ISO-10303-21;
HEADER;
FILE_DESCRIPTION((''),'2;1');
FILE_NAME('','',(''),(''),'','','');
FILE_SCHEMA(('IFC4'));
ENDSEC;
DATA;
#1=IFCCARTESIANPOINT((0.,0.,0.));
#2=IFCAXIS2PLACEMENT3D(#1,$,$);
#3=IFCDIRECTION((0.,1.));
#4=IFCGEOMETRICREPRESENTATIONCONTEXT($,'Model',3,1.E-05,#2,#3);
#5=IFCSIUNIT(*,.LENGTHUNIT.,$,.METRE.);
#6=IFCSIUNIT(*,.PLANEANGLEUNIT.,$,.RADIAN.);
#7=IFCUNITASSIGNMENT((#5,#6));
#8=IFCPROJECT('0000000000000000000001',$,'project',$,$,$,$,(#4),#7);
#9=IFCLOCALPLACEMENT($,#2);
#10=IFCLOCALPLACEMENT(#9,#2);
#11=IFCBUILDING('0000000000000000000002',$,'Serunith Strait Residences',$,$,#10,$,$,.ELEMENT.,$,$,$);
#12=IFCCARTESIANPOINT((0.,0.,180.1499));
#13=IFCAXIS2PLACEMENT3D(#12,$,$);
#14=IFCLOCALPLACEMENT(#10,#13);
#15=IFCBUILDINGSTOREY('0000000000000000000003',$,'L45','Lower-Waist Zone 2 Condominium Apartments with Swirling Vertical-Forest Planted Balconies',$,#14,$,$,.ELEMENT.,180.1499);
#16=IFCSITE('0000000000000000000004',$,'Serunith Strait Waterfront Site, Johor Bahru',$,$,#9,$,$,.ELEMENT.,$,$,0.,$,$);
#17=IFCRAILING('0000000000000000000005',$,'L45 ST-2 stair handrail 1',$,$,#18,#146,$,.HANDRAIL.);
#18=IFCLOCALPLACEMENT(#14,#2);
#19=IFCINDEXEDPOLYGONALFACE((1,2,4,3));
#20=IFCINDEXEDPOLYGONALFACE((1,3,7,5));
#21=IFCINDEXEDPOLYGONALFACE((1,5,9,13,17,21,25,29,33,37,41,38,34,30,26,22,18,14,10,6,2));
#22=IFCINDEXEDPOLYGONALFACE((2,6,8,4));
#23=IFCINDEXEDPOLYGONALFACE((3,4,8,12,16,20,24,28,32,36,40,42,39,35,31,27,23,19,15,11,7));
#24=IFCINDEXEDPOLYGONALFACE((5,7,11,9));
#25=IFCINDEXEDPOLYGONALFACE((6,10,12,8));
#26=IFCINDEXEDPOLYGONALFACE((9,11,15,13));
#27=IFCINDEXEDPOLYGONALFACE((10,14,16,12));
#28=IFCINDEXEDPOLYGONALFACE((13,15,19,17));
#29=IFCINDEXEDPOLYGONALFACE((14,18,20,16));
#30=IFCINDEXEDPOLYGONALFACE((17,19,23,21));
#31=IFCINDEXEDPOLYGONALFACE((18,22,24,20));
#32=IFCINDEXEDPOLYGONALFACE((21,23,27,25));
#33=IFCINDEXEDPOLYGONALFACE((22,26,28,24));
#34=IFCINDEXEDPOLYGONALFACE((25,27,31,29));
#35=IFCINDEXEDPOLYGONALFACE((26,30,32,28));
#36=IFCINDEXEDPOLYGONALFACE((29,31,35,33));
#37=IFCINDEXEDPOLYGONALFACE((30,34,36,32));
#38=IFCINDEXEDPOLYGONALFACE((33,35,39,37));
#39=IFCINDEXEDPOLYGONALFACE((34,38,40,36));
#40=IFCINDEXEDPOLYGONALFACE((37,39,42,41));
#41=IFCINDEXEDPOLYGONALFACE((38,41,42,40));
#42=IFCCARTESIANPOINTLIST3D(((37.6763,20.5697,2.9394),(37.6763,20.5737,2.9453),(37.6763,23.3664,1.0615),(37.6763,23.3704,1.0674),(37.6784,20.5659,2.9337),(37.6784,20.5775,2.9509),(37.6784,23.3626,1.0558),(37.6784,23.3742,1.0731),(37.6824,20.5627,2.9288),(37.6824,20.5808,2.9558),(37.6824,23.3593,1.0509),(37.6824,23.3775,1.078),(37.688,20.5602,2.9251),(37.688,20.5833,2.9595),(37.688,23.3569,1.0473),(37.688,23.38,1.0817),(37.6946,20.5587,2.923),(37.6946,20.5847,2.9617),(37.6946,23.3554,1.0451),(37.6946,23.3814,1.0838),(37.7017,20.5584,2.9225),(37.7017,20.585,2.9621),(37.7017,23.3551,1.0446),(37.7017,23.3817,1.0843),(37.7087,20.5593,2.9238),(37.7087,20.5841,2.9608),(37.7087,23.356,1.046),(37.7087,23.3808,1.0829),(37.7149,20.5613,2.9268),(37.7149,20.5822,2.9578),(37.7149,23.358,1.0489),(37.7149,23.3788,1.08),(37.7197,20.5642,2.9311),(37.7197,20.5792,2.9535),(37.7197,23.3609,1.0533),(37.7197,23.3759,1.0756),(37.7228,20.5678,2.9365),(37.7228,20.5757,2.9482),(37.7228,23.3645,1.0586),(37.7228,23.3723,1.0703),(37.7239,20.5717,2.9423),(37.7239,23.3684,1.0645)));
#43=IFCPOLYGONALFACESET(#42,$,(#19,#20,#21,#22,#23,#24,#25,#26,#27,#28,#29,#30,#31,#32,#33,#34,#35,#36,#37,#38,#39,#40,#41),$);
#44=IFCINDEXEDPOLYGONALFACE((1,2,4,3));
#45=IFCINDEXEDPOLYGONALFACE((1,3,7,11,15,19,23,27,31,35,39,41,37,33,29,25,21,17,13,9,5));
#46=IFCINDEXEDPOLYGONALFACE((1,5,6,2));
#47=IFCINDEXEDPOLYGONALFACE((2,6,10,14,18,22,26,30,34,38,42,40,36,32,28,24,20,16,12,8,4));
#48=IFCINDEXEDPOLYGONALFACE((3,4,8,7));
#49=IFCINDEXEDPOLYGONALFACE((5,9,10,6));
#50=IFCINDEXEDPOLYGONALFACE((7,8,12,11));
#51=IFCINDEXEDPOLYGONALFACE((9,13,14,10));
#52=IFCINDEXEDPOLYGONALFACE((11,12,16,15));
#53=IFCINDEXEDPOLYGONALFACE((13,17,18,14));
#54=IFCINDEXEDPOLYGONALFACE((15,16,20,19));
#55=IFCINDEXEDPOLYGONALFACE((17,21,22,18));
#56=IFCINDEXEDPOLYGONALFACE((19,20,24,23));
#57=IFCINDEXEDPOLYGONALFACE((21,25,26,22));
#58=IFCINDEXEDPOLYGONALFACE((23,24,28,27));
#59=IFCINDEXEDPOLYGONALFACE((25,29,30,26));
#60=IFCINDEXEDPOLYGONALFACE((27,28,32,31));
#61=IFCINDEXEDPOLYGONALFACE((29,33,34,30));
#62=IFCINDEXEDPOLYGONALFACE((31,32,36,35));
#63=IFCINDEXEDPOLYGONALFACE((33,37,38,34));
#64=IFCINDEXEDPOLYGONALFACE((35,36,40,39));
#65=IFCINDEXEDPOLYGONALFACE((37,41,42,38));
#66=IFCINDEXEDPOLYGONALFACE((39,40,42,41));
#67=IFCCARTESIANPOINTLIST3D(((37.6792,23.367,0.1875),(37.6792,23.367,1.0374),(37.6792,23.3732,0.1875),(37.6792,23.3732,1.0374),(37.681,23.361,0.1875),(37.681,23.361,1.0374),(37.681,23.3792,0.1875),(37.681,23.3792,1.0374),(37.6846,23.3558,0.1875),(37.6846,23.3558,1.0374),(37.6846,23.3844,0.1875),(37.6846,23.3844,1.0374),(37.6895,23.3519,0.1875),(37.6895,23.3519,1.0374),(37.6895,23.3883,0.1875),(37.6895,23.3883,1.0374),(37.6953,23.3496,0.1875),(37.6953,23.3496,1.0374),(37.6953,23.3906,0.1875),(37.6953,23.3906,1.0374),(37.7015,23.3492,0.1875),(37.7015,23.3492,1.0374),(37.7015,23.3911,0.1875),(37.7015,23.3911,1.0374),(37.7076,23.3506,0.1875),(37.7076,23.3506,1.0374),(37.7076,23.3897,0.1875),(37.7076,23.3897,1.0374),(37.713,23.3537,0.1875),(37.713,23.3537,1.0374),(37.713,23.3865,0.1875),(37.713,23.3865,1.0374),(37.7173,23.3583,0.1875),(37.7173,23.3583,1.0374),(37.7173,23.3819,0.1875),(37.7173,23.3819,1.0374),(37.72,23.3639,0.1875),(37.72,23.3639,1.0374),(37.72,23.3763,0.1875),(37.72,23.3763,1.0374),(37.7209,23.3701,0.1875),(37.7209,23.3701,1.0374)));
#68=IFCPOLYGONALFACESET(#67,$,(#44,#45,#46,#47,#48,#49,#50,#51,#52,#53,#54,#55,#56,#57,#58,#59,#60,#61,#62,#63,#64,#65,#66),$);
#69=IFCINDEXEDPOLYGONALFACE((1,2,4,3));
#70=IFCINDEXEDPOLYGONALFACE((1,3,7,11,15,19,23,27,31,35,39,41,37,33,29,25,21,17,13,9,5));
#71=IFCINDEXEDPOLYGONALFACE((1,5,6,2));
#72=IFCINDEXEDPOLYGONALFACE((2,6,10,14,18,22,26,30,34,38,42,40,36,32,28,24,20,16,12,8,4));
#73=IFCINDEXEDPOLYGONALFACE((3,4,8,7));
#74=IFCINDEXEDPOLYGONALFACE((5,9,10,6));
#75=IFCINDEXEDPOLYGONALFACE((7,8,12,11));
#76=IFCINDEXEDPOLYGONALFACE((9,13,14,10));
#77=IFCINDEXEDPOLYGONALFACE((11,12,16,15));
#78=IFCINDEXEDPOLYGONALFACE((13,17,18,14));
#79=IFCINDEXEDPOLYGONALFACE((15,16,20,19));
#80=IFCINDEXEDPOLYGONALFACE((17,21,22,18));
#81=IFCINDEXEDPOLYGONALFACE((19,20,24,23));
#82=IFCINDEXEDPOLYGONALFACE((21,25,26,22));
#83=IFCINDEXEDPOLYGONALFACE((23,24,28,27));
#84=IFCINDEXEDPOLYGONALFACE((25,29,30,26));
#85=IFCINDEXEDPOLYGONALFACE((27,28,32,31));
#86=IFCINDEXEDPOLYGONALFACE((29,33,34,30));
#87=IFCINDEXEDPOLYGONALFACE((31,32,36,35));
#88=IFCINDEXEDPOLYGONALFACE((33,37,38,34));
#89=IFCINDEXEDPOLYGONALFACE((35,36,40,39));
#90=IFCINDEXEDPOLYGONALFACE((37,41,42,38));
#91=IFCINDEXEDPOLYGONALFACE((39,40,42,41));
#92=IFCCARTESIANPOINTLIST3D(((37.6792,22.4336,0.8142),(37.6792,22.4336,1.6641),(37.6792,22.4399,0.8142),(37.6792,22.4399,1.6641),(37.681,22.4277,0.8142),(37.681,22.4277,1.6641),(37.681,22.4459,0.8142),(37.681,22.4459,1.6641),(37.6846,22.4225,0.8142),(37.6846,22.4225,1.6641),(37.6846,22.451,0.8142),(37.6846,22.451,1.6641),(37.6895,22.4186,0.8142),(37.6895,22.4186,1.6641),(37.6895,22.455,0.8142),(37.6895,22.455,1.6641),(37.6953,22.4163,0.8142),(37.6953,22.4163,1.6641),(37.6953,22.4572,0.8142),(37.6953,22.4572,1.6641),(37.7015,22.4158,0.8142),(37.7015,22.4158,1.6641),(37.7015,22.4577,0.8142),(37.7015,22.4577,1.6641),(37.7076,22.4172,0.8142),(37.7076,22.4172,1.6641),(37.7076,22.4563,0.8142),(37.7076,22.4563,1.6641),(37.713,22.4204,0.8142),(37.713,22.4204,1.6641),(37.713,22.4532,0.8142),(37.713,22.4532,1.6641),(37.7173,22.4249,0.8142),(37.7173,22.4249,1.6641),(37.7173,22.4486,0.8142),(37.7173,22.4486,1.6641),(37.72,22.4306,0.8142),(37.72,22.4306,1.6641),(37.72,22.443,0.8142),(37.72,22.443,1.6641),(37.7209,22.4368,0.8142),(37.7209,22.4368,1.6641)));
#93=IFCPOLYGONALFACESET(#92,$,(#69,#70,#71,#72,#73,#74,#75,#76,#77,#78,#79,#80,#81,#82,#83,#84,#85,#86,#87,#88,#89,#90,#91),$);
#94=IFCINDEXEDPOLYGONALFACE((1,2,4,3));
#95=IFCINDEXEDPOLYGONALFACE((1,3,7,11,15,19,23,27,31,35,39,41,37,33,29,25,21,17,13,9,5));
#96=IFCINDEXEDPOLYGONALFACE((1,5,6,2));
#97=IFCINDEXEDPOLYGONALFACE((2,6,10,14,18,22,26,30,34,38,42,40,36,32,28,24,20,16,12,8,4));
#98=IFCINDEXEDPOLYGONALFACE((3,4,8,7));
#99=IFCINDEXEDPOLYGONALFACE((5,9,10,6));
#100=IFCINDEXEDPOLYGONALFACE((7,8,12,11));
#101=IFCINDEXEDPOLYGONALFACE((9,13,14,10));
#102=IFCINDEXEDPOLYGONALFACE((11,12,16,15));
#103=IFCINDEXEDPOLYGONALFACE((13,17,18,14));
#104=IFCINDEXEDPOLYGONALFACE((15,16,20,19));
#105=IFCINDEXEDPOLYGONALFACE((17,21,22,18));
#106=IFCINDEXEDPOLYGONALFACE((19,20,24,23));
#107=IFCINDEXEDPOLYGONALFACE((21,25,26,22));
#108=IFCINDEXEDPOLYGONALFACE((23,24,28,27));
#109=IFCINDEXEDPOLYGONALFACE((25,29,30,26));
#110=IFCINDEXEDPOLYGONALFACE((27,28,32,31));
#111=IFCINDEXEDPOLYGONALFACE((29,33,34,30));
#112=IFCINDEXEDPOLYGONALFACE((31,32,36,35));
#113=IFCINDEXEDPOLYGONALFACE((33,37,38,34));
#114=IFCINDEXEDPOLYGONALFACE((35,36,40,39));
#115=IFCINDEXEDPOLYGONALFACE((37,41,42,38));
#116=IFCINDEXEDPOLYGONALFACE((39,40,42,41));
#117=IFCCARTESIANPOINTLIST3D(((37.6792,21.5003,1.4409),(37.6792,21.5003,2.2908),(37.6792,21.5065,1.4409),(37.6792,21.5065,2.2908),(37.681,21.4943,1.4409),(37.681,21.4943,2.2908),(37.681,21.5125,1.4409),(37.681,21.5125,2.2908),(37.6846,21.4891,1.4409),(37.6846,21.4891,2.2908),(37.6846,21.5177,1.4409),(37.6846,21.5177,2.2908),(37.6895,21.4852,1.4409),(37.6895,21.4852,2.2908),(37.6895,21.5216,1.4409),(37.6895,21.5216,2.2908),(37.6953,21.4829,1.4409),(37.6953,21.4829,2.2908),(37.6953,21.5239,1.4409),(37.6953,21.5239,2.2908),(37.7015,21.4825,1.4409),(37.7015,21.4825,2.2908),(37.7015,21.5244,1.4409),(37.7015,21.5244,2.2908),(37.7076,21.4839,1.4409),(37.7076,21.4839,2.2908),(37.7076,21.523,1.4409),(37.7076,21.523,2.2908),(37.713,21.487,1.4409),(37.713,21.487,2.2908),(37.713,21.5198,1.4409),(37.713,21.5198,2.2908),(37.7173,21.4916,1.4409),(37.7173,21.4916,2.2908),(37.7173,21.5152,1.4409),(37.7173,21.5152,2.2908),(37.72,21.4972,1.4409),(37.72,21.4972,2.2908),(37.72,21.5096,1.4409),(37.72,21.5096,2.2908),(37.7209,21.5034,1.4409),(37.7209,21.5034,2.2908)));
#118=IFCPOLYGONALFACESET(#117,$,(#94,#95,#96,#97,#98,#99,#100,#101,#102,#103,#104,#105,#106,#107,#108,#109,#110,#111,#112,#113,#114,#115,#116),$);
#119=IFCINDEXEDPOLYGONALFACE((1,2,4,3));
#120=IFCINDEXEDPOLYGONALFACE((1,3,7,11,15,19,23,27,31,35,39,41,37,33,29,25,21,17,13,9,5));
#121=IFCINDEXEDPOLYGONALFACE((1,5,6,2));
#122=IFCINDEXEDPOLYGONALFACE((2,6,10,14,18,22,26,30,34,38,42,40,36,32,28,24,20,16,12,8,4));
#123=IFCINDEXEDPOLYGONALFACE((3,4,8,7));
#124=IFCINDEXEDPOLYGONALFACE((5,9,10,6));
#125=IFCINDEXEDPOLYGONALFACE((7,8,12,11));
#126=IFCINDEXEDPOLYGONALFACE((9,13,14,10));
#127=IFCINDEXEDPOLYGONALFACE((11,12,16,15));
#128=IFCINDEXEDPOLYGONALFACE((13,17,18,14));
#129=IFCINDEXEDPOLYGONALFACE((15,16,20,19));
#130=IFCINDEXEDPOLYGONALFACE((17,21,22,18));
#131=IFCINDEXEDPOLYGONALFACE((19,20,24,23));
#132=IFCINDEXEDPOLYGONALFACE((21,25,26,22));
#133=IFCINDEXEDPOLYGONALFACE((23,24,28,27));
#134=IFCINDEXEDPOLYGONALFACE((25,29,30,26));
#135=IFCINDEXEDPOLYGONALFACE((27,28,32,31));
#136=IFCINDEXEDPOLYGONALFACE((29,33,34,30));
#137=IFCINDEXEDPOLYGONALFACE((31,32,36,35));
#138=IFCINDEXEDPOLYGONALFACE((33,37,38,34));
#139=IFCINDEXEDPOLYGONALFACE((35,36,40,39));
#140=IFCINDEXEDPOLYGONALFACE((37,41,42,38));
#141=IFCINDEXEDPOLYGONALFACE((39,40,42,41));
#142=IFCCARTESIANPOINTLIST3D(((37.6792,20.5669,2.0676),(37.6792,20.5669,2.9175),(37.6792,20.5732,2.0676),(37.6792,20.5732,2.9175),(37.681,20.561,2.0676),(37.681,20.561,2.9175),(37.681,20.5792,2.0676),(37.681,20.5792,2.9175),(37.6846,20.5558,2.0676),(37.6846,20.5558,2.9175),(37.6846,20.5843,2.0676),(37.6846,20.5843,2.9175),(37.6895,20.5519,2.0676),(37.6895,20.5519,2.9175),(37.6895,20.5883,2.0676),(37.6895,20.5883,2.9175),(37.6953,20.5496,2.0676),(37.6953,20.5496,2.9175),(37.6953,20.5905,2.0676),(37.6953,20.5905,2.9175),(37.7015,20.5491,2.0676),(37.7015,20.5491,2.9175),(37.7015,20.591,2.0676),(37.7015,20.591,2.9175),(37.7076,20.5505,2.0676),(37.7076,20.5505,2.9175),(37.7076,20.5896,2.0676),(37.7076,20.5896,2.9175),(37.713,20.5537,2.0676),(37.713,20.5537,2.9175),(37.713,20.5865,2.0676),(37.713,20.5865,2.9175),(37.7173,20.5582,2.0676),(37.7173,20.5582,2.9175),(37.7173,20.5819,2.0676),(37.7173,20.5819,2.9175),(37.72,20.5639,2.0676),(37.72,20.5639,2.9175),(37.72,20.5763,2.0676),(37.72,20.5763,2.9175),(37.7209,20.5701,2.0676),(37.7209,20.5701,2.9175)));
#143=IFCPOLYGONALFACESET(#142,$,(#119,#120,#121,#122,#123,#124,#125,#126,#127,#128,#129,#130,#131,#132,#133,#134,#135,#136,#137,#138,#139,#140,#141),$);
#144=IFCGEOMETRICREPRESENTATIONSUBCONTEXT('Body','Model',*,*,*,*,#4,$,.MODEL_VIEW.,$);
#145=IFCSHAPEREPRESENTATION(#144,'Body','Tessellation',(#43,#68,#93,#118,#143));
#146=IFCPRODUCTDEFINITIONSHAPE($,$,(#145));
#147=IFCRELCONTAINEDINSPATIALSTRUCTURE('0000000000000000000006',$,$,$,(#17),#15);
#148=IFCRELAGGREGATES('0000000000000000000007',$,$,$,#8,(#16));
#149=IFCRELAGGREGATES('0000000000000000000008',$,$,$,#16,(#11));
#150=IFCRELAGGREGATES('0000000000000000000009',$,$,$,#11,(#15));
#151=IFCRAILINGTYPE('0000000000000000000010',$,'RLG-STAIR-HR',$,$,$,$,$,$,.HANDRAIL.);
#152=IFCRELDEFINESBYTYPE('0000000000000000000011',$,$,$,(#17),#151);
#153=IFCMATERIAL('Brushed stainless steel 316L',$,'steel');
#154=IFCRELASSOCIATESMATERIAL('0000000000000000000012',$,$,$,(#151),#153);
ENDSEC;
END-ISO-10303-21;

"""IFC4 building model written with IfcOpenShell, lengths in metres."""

from ifc_helpers import new_model, si_unit, direction, frame, origin, origin_2d, place, context, subcontext, project, spatial, circle, extrude, material, type_object, element, save


model = new_model("IFC4")

# Units and contexts
model_context = context("Model", 3, precision=1e-05, world=origin(), true_north=direction((0.0, 1.0)))
body_context = subcontext(model_context, "Body", "Model", "MODEL_VIEW")
ifc_project = project(units=[si_unit("LENGTHUNIT", "METRE"), si_unit("PLANEANGLEUNIT", "RADIAN")], contexts=[model_context])

# Site, building, storey
site_placement = place(None, origin())
site = spatial("IfcSite", under=ifc_project, at=site_placement, Name="Serunith Strait Waterfront Site, Johor Bahru", CompositionType="ELEMENT", RefElevation=0.0)
building_placement = place(site_placement, origin())
building = spatial("IfcBuilding", under=site, at=building_placement, Name="Serunith Strait Residences", CompositionType="ELEMENT")
storey_placement = place(building_placement, frame((0.0, 0.0, 180.1499)))
storey = spatial("IfcBuildingStorey", under=building, at=storey_placement, Name="L45", Description="Lower-Waist Zone 2 Condominium Apartments with Swirling Vertical-Forest Planted Balconies", CompositionType="ELEMENT", Elevation=180.1499)

# Railing
ifc_material_1 = material(Name="Brushed stainless steel 316L", Category="steel")
railing_type_1 = type_object("IfcRailingType", Name="RLG-STAIR-HR", PredefinedType="HANDRAIL", material=ifc_material_1)
railing_1_placement = place(storey_placement, frame((37.7, 23.3701, 0.1875)))
element("IfcRailing", 1, at=railing_1_placement, inside=storey, type_object=railing_type_1, Name="L45 ST-2 stair handrail 1", PredefinedType="HANDRAIL", context=body_context, shape_type="SweptSolid", body=[
    extrude(circle(Radius=0.0239, at=origin_2d()), frame((0.0, -0.0017, 0.877), z_axis=(0.0, -0.830208, 0.557453), x_axis=(1.0, 0.0, 0.0)), (0.0, 0.0, 1.0), 3.3687),
    extrude(circle(Radius=0.021, at=origin_2d()), origin(), (0.0, 0.0, 1.0), 0.8499),
    extrude(circle(Radius=0.021, at=origin_2d()), frame((0.0, -0.9333, 0.6267)), (0.0, 0.0, 1.0), 0.8499),
    extrude(circle(Radius=0.021, at=origin_2d()), frame((0.0, -1.8667, 1.2534)), (0.0, 0.0, 1.0), 0.8499),
    extrude(circle(Radius=0.021, at=origin_2d()), frame((0.0, -2.8, 1.8801)), (0.0, 0.0, 1.0), 0.8499),
])

save(model, "model.ifc")
